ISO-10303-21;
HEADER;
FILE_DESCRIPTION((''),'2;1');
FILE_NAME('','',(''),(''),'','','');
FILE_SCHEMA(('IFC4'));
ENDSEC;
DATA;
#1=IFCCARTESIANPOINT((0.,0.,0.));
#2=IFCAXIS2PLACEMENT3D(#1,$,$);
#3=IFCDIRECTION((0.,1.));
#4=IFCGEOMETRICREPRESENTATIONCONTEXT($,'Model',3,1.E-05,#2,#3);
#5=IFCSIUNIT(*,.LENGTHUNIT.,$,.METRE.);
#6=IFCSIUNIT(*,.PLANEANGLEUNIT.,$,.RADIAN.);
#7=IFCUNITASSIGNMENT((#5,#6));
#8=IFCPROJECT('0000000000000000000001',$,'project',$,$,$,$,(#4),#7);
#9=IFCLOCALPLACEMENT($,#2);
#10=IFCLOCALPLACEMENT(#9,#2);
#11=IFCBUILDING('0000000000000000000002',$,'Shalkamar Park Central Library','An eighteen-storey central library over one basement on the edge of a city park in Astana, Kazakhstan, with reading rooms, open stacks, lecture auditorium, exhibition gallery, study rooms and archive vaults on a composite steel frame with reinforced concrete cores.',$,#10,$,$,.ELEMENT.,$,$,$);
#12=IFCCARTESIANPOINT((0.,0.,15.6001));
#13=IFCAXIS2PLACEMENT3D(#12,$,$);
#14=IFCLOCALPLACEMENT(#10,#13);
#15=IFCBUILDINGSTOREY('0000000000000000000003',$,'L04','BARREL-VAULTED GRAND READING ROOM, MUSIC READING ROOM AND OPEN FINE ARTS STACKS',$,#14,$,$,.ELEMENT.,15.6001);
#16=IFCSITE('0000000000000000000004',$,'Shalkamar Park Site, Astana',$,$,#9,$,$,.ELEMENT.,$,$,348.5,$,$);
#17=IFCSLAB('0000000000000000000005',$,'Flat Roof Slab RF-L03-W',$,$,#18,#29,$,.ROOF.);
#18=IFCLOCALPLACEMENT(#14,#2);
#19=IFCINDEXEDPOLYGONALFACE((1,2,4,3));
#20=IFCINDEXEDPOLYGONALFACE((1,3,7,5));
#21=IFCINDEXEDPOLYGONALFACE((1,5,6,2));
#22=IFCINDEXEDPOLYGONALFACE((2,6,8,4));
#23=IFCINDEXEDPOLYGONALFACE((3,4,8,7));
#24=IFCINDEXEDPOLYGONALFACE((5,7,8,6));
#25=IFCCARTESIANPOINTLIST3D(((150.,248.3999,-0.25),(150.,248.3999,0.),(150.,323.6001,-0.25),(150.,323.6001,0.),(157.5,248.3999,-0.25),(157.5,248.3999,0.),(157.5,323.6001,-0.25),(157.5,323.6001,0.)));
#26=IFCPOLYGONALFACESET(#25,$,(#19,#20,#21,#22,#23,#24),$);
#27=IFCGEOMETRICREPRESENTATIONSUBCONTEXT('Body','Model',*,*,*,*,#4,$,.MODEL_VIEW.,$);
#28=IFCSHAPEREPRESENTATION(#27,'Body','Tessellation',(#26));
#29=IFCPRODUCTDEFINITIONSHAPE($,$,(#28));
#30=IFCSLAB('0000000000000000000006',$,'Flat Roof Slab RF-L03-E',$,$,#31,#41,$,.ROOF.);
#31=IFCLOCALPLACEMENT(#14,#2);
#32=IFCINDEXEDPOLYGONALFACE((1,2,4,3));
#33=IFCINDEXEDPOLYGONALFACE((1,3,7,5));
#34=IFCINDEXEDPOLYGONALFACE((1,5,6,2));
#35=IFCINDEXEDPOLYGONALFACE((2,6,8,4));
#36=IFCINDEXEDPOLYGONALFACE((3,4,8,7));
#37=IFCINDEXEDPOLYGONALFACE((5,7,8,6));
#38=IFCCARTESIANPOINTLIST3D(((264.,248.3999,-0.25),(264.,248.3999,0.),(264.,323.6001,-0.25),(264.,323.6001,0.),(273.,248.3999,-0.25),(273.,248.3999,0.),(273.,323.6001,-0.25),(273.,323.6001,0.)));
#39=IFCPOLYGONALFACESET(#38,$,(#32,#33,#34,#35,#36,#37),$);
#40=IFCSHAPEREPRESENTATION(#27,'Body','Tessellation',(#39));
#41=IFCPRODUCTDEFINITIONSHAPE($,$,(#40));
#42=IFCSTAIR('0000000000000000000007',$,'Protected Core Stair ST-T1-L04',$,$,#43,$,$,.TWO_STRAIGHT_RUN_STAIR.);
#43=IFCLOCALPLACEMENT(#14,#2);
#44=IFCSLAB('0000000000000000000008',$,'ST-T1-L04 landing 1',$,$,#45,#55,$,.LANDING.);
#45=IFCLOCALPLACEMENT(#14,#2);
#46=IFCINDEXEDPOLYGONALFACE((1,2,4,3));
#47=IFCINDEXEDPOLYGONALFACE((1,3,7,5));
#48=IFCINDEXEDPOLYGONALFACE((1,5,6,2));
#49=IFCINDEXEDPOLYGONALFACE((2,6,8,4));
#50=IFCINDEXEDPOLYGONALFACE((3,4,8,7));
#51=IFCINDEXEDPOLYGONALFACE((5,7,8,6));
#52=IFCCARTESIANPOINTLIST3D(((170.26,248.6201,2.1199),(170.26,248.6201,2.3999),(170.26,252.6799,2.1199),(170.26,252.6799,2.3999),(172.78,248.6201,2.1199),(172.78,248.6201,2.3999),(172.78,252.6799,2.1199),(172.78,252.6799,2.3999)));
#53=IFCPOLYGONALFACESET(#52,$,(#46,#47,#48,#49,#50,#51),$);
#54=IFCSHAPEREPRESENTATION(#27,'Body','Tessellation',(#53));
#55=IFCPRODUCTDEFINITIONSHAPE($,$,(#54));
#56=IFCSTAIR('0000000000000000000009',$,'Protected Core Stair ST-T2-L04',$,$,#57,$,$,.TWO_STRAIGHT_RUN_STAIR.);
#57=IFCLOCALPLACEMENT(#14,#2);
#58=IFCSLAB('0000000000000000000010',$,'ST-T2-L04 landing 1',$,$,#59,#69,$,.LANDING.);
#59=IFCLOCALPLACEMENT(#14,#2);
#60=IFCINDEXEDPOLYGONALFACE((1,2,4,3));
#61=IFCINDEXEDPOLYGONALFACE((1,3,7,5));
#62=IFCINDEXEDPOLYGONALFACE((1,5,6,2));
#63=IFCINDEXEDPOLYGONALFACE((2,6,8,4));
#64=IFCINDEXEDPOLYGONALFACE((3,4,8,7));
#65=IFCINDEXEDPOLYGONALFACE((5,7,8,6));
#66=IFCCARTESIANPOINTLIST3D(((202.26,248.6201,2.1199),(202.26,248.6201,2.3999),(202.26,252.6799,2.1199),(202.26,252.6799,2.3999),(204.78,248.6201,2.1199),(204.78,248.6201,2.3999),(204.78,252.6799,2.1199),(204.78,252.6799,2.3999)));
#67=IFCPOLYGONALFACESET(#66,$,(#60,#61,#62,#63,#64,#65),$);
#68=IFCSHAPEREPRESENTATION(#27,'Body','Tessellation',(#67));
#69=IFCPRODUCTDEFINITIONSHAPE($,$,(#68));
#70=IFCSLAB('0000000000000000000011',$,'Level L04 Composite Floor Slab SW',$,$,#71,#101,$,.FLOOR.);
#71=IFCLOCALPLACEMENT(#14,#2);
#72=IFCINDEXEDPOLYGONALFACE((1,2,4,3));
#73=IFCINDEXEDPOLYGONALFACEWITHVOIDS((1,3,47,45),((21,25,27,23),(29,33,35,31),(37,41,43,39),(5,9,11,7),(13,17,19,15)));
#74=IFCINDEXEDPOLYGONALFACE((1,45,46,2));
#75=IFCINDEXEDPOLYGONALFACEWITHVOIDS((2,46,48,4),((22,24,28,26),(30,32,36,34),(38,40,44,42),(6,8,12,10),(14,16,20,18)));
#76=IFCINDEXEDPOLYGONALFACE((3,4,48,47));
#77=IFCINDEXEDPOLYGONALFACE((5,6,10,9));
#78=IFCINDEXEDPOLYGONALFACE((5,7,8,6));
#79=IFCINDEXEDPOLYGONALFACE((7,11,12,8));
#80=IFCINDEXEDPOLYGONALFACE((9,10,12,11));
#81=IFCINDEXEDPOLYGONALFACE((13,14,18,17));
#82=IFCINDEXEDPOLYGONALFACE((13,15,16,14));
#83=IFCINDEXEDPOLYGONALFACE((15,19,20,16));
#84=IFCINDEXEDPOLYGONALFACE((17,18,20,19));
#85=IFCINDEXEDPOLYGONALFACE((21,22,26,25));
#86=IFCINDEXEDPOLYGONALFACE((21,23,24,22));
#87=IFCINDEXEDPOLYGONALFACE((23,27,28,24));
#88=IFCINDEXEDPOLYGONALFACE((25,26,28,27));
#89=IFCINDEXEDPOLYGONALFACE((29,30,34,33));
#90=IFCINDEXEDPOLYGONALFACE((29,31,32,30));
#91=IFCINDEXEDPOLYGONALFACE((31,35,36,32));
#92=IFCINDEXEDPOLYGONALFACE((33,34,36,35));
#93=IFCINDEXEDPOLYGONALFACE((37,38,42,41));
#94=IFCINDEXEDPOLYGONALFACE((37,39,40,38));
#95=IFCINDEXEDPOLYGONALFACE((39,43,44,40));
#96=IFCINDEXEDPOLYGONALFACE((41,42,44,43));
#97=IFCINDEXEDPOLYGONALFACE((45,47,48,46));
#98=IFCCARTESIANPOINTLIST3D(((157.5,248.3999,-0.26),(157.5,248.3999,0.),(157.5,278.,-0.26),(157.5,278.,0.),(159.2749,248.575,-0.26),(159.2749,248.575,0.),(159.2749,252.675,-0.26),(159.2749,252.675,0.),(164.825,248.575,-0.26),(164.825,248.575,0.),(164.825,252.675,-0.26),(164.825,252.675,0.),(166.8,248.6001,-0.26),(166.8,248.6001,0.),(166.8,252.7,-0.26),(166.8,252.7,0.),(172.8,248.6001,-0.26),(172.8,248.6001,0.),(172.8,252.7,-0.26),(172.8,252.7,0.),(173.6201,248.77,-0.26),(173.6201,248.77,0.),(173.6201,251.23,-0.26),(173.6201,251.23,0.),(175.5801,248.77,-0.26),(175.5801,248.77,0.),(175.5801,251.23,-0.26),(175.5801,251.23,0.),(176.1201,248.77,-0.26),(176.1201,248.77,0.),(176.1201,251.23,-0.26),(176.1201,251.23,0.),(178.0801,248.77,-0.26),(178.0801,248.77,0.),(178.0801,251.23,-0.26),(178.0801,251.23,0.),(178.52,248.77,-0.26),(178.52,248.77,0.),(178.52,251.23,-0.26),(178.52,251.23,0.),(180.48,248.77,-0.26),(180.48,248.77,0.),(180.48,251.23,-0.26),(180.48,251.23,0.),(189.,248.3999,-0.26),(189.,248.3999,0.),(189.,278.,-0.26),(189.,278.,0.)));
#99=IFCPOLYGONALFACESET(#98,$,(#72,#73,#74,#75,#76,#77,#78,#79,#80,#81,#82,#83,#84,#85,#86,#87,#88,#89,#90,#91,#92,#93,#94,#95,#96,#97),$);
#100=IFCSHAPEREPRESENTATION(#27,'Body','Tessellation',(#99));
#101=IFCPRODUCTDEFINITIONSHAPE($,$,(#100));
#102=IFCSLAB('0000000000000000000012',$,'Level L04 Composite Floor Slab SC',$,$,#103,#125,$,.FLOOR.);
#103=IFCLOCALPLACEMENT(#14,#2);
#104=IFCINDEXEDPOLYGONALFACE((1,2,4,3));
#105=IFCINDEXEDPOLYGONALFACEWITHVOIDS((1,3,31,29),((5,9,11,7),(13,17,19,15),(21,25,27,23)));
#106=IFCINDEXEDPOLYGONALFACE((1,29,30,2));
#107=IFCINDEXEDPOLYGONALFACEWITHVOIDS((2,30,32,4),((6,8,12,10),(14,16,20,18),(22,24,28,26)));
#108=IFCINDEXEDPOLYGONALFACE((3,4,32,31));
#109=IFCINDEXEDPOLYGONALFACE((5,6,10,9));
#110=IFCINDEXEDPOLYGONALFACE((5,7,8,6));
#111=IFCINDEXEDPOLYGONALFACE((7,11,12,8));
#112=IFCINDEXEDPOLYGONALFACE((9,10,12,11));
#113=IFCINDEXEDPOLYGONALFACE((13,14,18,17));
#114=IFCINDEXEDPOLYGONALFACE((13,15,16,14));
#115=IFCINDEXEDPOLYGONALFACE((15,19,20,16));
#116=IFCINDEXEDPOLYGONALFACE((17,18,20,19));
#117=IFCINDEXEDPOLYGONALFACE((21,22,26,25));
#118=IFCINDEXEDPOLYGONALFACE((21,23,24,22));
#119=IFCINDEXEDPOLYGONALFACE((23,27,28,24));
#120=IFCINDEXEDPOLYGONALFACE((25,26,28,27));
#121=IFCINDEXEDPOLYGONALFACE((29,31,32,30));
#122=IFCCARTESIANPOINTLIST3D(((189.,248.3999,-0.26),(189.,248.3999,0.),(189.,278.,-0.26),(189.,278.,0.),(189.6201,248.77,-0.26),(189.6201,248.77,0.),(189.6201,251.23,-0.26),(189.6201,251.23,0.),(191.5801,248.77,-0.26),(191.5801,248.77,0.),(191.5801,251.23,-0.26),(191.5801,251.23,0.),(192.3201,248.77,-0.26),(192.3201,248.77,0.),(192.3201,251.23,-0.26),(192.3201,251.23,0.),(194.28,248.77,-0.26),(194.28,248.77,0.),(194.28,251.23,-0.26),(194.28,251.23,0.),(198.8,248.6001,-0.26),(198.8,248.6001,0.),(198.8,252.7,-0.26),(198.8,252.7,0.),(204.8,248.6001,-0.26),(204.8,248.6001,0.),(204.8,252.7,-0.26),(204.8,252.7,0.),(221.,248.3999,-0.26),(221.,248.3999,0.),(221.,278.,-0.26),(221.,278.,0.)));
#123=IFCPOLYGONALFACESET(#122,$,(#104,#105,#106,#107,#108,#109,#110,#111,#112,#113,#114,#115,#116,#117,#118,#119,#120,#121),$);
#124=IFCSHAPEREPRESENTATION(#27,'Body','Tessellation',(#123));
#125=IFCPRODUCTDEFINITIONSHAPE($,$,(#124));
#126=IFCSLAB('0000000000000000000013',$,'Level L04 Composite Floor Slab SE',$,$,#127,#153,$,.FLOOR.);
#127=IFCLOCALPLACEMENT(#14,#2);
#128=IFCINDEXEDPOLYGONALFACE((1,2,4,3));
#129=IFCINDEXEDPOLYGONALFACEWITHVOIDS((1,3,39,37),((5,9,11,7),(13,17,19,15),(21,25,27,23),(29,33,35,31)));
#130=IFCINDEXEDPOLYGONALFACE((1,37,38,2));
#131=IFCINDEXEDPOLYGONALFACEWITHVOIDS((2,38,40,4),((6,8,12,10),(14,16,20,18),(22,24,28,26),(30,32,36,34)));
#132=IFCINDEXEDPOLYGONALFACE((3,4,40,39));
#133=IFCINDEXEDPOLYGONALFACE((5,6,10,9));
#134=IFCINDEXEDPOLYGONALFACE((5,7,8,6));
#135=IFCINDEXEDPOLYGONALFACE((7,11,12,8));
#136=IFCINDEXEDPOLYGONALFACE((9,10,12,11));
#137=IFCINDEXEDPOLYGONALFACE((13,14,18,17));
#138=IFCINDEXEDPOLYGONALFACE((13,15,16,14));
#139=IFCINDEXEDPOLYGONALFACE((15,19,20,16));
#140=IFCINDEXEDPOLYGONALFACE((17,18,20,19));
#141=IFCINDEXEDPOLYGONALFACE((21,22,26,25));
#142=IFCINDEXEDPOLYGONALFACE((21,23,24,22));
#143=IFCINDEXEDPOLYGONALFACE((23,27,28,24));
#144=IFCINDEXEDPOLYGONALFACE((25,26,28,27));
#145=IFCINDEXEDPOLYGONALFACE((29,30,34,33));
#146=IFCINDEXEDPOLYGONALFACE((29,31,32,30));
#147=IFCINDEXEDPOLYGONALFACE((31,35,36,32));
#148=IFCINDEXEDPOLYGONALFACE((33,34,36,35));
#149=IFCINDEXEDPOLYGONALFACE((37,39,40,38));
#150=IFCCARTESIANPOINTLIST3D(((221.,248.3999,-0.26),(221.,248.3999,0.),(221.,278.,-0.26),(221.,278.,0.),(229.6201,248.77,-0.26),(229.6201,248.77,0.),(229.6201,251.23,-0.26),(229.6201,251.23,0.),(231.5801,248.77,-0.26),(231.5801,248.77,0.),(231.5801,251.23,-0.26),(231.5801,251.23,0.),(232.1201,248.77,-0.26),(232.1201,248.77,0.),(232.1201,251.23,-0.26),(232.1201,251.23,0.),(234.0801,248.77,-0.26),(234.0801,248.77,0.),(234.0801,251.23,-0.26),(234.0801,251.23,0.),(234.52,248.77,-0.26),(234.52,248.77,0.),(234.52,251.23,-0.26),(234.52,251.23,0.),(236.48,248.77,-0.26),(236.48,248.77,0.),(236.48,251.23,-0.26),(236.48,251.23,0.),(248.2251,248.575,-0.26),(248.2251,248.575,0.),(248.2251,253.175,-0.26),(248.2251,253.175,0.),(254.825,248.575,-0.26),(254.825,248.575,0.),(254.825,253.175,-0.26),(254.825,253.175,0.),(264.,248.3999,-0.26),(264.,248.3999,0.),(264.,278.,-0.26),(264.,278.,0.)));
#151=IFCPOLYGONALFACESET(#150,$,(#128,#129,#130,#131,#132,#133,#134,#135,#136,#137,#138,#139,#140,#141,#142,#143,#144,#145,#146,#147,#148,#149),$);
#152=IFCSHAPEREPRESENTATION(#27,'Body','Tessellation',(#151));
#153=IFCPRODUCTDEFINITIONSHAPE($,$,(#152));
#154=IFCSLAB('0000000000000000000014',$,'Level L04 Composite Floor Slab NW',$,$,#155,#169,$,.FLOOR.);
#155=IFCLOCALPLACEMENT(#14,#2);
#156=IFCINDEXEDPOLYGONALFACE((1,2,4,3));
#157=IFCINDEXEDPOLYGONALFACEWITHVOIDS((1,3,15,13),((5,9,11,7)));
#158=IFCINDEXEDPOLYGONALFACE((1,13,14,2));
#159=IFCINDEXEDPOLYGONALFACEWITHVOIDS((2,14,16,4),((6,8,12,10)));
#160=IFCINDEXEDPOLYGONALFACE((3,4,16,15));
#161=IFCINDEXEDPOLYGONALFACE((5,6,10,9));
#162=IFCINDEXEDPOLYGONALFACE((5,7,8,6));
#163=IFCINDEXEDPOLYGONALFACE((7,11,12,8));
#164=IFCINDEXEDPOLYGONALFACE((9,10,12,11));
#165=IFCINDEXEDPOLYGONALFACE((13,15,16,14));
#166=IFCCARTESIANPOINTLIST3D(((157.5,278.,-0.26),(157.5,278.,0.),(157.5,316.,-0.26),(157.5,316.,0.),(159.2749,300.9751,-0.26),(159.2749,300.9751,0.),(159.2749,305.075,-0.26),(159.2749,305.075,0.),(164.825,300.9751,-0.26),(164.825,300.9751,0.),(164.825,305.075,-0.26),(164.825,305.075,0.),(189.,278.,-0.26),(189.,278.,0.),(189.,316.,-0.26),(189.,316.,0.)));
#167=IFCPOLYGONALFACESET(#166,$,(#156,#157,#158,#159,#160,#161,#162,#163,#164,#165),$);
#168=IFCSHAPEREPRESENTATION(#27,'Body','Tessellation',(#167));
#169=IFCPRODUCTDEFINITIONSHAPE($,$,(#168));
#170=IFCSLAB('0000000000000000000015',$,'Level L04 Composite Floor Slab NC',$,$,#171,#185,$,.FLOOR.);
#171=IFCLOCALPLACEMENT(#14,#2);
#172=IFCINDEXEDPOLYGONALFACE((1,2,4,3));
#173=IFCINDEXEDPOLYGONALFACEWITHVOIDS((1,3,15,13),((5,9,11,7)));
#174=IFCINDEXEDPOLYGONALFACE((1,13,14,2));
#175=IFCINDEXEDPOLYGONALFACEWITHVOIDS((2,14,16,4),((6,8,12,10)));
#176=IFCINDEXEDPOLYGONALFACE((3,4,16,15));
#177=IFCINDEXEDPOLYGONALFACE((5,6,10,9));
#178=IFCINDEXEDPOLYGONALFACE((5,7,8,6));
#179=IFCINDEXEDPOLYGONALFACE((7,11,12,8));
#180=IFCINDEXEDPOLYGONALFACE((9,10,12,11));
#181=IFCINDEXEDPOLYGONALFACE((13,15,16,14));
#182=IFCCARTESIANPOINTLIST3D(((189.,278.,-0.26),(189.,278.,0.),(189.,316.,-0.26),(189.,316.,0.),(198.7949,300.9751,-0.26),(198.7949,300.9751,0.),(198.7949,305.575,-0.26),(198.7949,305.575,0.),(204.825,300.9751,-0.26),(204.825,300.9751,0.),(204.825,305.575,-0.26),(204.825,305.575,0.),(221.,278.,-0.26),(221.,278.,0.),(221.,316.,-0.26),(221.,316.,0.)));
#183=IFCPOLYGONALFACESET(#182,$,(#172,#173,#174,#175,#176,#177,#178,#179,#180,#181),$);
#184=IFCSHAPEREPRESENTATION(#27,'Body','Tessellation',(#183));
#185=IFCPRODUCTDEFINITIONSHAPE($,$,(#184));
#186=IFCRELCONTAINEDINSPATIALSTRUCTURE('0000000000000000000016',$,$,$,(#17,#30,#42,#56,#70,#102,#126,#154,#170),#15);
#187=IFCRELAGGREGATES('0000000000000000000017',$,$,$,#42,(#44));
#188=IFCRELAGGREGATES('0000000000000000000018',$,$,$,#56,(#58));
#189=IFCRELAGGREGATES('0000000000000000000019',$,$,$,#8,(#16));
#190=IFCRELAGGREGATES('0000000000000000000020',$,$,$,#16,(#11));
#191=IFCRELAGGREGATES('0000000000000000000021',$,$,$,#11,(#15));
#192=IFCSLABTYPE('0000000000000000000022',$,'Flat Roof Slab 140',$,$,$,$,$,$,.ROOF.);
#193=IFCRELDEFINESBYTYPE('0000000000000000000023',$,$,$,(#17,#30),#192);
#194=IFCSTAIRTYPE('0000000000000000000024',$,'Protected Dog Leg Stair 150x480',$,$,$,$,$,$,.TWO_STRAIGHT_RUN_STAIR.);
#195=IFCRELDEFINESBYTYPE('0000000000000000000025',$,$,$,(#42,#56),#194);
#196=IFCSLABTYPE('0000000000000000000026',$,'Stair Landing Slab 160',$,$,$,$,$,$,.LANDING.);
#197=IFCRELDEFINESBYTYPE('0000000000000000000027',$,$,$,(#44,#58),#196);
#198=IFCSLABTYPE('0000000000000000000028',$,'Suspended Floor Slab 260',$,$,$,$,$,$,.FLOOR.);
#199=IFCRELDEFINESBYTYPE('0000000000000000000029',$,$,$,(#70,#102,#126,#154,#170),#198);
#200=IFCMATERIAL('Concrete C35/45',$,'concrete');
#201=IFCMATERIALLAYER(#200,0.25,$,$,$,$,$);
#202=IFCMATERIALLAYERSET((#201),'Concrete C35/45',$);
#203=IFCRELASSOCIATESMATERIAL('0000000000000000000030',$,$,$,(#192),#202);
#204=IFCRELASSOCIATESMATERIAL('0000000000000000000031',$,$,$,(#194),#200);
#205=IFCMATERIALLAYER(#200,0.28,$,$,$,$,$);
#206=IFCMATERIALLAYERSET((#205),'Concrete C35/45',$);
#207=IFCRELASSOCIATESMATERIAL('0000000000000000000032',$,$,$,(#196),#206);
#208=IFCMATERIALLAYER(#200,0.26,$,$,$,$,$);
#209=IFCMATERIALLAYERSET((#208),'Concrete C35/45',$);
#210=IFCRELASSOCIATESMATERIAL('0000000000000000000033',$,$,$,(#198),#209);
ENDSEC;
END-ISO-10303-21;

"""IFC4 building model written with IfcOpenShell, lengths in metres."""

from ifc_helpers import new_model, si_unit, direction, frame, origin, place, context, subcontext, project, spatial, polyline, outline, extrude, material, layer, layer_set, type_object, element, aggregate, save


model = new_model("IFC4")

# Units and contexts
model_context = context("Model", 3, precision=1e-05, world=origin(), true_north=direction((0.0, 1.0)))
body_context = subcontext(model_context, "Body", "Model", "MODEL_VIEW")
ifc_project = project(units=[si_unit("LENGTHUNIT", "METRE"), si_unit("PLANEANGLEUNIT", "RADIAN")], contexts=[model_context])

# Site, building, storey
site_placement = place(None, origin())
site = spatial("IfcSite", under=ifc_project, at=site_placement, Name="Shalkamar Park Site, Astana", CompositionType="ELEMENT", RefElevation=348.5)
building_placement = place(site_placement, origin())
building = spatial("IfcBuilding", under=site, at=building_placement, Name="Shalkamar Park Central Library", Description="An eighteen-storey central library over one basement on the edge of a city park in Astana, Kazakhstan, with reading rooms, open stacks, lecture auditorium, exhibition gallery, study rooms and archive vaults on a composite steel frame with reinforced concrete cores.", CompositionType="ELEMENT")
storey_placement = place(building_placement, frame((0.0, 0.0, 15.6001)))
storey = spatial("IfcBuildingStorey", under=building, at=storey_placement, Name="L04", Description="BARREL-VAULTED GRAND READING ROOM, MUSIC READING ROOM AND OPEN FINE ARTS STACKS", CompositionType="ELEMENT", Elevation=15.6001)

# Slabs
ifc_material_1 = material(Name="Concrete C35/45", Category="concrete")
ifc_layer_1 = layer(ifc_material_1, 0.25)
ifc_layer_set_1 = layer_set([ifc_layer_1], Name="Concrete C35/45")
slab_type_1 = type_object("IfcSlabType", Name="Flat Roof Slab 140", PredefinedType="ROOF", material=ifc_layer_set_1)
slab_1_placement = place(storey_placement, frame((0.0, 0.0, -0.25)))
element("IfcSlab", 1, at=slab_1_placement, inside=storey, type_object=slab_type_1, Name="Flat Roof Slab RF-L03-W", PredefinedType="ROOF", context=body_context, shape_type="SweptSolid", body=[
    extrude(outline(polyline([(150.0, 248.3999), (157.5, 248.3999), (157.5, 323.6001), (150.0, 323.6001), (150.0, 248.3999)])), origin(), (0.0, 0.0, 1.0), 0.25),
])
slab_2_placement = place(storey_placement, frame((0.0, 0.0, -0.25)))
element("IfcSlab", 2, at=slab_2_placement, inside=storey, type_object=slab_type_1, Name="Flat Roof Slab RF-L03-E", PredefinedType="ROOF", context=body_context, shape_type="SweptSolid", body=[
    extrude(outline(polyline([(264.0, 248.3999), (273.0, 248.3999), (273.0, 323.6001), (264.0, 323.6001), (264.0, 248.3999)])), origin(), (0.0, 0.0, 1.0), 0.25),
])

# Stairs, slabs
stair_type = type_object("IfcStairType", Name="Protected Dog Leg Stair 150x480", PredefinedType="TWO_STRAIGHT_RUN_STAIR", material=ifc_material_1)
stair_1_placement = place(storey_placement, origin())
stair_1 = element("IfcStair", 3, at=stair_1_placement, inside=storey, type_object=stair_type, Name="Protected Core Stair ST-T1-L04", PredefinedType="TWO_STRAIGHT_RUN_STAIR")
ifc_layer_2 = layer(ifc_material_1, 0.28)
ifc_layer_set_2 = layer_set([ifc_layer_2], Name="Concrete C35/45")
slab_type_2 = type_object("IfcSlabType", Name="Stair Landing Slab 160", PredefinedType="LANDING", material=ifc_layer_set_2)
slab_3_placement = place(storey_placement, frame((0.0, 0.0, 2.1199)))
slab_3 = element("IfcSlab", 4, at=slab_3_placement, type_object=slab_type_2, Name="ST-T1-L04 landing 1", PredefinedType="LANDING", context=body_context, shape_type="SweptSolid", body=[
    extrude(outline(polyline([(170.26, 248.6201), (172.78, 248.6201), (172.78, 252.6799), (170.26, 252.6799), (170.26, 248.6201)])), origin(), (0.0, 0.0, 1.0), 0.28),
])
aggregate(stair_1, [slab_3])
stair_2_placement = place(storey_placement, origin())
stair_2 = element("IfcStair", 5, at=stair_2_placement, inside=storey, type_object=stair_type, Name="Protected Core Stair ST-T2-L04", PredefinedType="TWO_STRAIGHT_RUN_STAIR")
slab_4_placement = place(storey_placement, frame((0.0, 0.0, 2.1199)))
slab_4 = element("IfcSlab", 6, at=slab_4_placement, type_object=slab_type_2, Name="ST-T2-L04 landing 1", PredefinedType="LANDING", context=body_context, shape_type="SweptSolid", body=[
    extrude(outline(polyline([(202.26, 248.6201), (204.78, 248.6201), (204.78, 252.6799), (202.26, 252.6799), (202.26, 248.6201)])), origin(), (0.0, 0.0, 1.0), 0.28),
])
aggregate(stair_2, [slab_4])

# Slabs
ifc_layer_3 = layer(ifc_material_1, 0.26)
ifc_layer_set_3 = layer_set([ifc_layer_3], Name="Concrete C35/45")
slab_type_3 = type_object("IfcSlabType", Name="Suspended Floor Slab 260", PredefinedType="FLOOR", material=ifc_layer_set_3)
slab_5_placement = place(storey_placement, frame((0.0, 0.0, -0.26)))
element("IfcSlab", 7, at=slab_5_placement, inside=storey, type_object=slab_type_3, Name="Level L04 Composite Floor Slab SW", PredefinedType="FLOOR", context=body_context, shape_type="SweptSolid", body=[
    extrude(outline(polyline([(157.5, 248.3999), (157.5, 278.0), (189.0, 278.0), (189.0, 248.3999), (157.5, 248.3999)]), holes=[polyline([(173.6201, 251.23), (173.6201, 248.77), (175.5801, 248.77), (175.5801, 251.23), (173.6201, 251.23)]), polyline([(178.0801, 251.23), (176.1201, 251.23), (176.1201, 248.77), (178.0801, 248.77), (178.0801, 251.23)]), polyline([(180.48, 251.23), (178.52, 251.23), (178.52, 248.77), (180.48, 248.77), (180.48, 251.23)]), polyline([(164.825, 252.675), (159.2749, 252.675), (159.2749, 248.575), (164.825, 248.575), (164.825, 252.675)]), polyline([(172.8, 252.7), (166.8, 252.7), (166.8, 248.6001), (172.8, 248.6001), (172.8, 252.7)])]), origin(), (0.0, 0.0, 1.0), 0.26),
])
slab_6_placement = place(storey_placement, frame((0.0, 0.0, -0.26)))
element("IfcSlab", 8, at=slab_6_placement, inside=storey, type_object=slab_type_3, Name="Level L04 Composite Floor Slab SC", PredefinedType="FLOOR", context=body_context, shape_type="SweptSolid", body=[
    extrude(outline(polyline([(189.0, 248.3999), (189.0, 278.0), (221.0, 278.0), (221.0, 248.3999), (189.0, 248.3999)]), holes=[polyline([(191.5801, 251.23), (189.6201, 251.23), (189.6201, 248.77), (191.5801, 248.77), (191.5801, 251.23)]), polyline([(194.28, 251.23), (192.3201, 251.23), (192.3201, 248.77), (194.28, 248.77), (194.28, 251.23)]), polyline([(204.8, 252.7), (198.8, 252.7), (198.8, 248.6001), (204.8, 248.6001), (204.8, 252.7)])]), origin(), (0.0, 0.0, 1.0), 0.26),
])
slab_7_placement = place(storey_placement, frame((0.0, 0.0, -0.26)))
element("IfcSlab", 9, at=slab_7_placement, inside=storey, type_object=slab_type_3, Name="Level L04 Composite Floor Slab SE", PredefinedType="FLOOR", context=body_context, shape_type="SweptSolid", body=[
    extrude(outline(polyline([(221.0, 248.3999), (221.0, 278.0), (264.0, 278.0), (264.0, 248.3999), (221.0, 248.3999)]), holes=[polyline([(231.5801, 251.23), (229.6201, 251.23), (229.6201, 248.77), (231.5801, 248.77), (231.5801, 251.23)]), polyline([(234.0801, 251.23), (232.1201, 251.23), (232.1201, 248.77), (234.0801, 248.77), (234.0801, 251.23)]), polyline([(236.48, 251.23), (234.52, 251.23), (234.52, 248.77), (236.48, 248.77), (236.48, 251.23)]), polyline([(254.825, 253.175), (248.2251, 253.175), (248.2251, 248.575), (254.825, 248.575), (254.825, 253.175)])]), origin(), (0.0, 0.0, 1.0), 0.26),
])
slab_8_placement = place(storey_placement, frame((0.0, 0.0, -0.26)))
element("IfcSlab", 10, at=slab_8_placement, inside=storey, type_object=slab_type_3, Name="Level L04 Composite Floor Slab NW", PredefinedType="FLOOR", context=body_context, shape_type="SweptSolid", body=[
    extrude(outline(polyline([(157.5, 278.0), (157.5, 316.0), (189.0, 316.0), (189.0, 278.0), (157.5, 278.0)]), holes=[polyline([(164.825, 305.075), (159.2749, 305.075), (159.2749, 300.9751), (164.825, 300.9751), (164.825, 305.075)])]), origin(), (0.0, 0.0, 1.0), 0.26),
])
slab_9_placement = place(storey_placement, frame((0.0, 0.0, -0.26)))
element("IfcSlab", 11, at=slab_9_placement, inside=storey, type_object=slab_type_3, Name="Level L04 Composite Floor Slab NC", PredefinedType="FLOOR", context=body_context, shape_type="SweptSolid", body=[
    extrude(outline(polyline([(189.0, 278.0), (189.0, 316.0), (221.0, 316.0), (221.0, 278.0), (189.0, 278.0)]), holes=[polyline([(204.825, 305.575), (198.7949, 305.575), (198.7949, 300.9751), (204.825, 300.9751), (204.825, 305.575)])]), origin(), (0.0, 0.0, 1.0), 0.26),
])

save(model, "model.ifc")
